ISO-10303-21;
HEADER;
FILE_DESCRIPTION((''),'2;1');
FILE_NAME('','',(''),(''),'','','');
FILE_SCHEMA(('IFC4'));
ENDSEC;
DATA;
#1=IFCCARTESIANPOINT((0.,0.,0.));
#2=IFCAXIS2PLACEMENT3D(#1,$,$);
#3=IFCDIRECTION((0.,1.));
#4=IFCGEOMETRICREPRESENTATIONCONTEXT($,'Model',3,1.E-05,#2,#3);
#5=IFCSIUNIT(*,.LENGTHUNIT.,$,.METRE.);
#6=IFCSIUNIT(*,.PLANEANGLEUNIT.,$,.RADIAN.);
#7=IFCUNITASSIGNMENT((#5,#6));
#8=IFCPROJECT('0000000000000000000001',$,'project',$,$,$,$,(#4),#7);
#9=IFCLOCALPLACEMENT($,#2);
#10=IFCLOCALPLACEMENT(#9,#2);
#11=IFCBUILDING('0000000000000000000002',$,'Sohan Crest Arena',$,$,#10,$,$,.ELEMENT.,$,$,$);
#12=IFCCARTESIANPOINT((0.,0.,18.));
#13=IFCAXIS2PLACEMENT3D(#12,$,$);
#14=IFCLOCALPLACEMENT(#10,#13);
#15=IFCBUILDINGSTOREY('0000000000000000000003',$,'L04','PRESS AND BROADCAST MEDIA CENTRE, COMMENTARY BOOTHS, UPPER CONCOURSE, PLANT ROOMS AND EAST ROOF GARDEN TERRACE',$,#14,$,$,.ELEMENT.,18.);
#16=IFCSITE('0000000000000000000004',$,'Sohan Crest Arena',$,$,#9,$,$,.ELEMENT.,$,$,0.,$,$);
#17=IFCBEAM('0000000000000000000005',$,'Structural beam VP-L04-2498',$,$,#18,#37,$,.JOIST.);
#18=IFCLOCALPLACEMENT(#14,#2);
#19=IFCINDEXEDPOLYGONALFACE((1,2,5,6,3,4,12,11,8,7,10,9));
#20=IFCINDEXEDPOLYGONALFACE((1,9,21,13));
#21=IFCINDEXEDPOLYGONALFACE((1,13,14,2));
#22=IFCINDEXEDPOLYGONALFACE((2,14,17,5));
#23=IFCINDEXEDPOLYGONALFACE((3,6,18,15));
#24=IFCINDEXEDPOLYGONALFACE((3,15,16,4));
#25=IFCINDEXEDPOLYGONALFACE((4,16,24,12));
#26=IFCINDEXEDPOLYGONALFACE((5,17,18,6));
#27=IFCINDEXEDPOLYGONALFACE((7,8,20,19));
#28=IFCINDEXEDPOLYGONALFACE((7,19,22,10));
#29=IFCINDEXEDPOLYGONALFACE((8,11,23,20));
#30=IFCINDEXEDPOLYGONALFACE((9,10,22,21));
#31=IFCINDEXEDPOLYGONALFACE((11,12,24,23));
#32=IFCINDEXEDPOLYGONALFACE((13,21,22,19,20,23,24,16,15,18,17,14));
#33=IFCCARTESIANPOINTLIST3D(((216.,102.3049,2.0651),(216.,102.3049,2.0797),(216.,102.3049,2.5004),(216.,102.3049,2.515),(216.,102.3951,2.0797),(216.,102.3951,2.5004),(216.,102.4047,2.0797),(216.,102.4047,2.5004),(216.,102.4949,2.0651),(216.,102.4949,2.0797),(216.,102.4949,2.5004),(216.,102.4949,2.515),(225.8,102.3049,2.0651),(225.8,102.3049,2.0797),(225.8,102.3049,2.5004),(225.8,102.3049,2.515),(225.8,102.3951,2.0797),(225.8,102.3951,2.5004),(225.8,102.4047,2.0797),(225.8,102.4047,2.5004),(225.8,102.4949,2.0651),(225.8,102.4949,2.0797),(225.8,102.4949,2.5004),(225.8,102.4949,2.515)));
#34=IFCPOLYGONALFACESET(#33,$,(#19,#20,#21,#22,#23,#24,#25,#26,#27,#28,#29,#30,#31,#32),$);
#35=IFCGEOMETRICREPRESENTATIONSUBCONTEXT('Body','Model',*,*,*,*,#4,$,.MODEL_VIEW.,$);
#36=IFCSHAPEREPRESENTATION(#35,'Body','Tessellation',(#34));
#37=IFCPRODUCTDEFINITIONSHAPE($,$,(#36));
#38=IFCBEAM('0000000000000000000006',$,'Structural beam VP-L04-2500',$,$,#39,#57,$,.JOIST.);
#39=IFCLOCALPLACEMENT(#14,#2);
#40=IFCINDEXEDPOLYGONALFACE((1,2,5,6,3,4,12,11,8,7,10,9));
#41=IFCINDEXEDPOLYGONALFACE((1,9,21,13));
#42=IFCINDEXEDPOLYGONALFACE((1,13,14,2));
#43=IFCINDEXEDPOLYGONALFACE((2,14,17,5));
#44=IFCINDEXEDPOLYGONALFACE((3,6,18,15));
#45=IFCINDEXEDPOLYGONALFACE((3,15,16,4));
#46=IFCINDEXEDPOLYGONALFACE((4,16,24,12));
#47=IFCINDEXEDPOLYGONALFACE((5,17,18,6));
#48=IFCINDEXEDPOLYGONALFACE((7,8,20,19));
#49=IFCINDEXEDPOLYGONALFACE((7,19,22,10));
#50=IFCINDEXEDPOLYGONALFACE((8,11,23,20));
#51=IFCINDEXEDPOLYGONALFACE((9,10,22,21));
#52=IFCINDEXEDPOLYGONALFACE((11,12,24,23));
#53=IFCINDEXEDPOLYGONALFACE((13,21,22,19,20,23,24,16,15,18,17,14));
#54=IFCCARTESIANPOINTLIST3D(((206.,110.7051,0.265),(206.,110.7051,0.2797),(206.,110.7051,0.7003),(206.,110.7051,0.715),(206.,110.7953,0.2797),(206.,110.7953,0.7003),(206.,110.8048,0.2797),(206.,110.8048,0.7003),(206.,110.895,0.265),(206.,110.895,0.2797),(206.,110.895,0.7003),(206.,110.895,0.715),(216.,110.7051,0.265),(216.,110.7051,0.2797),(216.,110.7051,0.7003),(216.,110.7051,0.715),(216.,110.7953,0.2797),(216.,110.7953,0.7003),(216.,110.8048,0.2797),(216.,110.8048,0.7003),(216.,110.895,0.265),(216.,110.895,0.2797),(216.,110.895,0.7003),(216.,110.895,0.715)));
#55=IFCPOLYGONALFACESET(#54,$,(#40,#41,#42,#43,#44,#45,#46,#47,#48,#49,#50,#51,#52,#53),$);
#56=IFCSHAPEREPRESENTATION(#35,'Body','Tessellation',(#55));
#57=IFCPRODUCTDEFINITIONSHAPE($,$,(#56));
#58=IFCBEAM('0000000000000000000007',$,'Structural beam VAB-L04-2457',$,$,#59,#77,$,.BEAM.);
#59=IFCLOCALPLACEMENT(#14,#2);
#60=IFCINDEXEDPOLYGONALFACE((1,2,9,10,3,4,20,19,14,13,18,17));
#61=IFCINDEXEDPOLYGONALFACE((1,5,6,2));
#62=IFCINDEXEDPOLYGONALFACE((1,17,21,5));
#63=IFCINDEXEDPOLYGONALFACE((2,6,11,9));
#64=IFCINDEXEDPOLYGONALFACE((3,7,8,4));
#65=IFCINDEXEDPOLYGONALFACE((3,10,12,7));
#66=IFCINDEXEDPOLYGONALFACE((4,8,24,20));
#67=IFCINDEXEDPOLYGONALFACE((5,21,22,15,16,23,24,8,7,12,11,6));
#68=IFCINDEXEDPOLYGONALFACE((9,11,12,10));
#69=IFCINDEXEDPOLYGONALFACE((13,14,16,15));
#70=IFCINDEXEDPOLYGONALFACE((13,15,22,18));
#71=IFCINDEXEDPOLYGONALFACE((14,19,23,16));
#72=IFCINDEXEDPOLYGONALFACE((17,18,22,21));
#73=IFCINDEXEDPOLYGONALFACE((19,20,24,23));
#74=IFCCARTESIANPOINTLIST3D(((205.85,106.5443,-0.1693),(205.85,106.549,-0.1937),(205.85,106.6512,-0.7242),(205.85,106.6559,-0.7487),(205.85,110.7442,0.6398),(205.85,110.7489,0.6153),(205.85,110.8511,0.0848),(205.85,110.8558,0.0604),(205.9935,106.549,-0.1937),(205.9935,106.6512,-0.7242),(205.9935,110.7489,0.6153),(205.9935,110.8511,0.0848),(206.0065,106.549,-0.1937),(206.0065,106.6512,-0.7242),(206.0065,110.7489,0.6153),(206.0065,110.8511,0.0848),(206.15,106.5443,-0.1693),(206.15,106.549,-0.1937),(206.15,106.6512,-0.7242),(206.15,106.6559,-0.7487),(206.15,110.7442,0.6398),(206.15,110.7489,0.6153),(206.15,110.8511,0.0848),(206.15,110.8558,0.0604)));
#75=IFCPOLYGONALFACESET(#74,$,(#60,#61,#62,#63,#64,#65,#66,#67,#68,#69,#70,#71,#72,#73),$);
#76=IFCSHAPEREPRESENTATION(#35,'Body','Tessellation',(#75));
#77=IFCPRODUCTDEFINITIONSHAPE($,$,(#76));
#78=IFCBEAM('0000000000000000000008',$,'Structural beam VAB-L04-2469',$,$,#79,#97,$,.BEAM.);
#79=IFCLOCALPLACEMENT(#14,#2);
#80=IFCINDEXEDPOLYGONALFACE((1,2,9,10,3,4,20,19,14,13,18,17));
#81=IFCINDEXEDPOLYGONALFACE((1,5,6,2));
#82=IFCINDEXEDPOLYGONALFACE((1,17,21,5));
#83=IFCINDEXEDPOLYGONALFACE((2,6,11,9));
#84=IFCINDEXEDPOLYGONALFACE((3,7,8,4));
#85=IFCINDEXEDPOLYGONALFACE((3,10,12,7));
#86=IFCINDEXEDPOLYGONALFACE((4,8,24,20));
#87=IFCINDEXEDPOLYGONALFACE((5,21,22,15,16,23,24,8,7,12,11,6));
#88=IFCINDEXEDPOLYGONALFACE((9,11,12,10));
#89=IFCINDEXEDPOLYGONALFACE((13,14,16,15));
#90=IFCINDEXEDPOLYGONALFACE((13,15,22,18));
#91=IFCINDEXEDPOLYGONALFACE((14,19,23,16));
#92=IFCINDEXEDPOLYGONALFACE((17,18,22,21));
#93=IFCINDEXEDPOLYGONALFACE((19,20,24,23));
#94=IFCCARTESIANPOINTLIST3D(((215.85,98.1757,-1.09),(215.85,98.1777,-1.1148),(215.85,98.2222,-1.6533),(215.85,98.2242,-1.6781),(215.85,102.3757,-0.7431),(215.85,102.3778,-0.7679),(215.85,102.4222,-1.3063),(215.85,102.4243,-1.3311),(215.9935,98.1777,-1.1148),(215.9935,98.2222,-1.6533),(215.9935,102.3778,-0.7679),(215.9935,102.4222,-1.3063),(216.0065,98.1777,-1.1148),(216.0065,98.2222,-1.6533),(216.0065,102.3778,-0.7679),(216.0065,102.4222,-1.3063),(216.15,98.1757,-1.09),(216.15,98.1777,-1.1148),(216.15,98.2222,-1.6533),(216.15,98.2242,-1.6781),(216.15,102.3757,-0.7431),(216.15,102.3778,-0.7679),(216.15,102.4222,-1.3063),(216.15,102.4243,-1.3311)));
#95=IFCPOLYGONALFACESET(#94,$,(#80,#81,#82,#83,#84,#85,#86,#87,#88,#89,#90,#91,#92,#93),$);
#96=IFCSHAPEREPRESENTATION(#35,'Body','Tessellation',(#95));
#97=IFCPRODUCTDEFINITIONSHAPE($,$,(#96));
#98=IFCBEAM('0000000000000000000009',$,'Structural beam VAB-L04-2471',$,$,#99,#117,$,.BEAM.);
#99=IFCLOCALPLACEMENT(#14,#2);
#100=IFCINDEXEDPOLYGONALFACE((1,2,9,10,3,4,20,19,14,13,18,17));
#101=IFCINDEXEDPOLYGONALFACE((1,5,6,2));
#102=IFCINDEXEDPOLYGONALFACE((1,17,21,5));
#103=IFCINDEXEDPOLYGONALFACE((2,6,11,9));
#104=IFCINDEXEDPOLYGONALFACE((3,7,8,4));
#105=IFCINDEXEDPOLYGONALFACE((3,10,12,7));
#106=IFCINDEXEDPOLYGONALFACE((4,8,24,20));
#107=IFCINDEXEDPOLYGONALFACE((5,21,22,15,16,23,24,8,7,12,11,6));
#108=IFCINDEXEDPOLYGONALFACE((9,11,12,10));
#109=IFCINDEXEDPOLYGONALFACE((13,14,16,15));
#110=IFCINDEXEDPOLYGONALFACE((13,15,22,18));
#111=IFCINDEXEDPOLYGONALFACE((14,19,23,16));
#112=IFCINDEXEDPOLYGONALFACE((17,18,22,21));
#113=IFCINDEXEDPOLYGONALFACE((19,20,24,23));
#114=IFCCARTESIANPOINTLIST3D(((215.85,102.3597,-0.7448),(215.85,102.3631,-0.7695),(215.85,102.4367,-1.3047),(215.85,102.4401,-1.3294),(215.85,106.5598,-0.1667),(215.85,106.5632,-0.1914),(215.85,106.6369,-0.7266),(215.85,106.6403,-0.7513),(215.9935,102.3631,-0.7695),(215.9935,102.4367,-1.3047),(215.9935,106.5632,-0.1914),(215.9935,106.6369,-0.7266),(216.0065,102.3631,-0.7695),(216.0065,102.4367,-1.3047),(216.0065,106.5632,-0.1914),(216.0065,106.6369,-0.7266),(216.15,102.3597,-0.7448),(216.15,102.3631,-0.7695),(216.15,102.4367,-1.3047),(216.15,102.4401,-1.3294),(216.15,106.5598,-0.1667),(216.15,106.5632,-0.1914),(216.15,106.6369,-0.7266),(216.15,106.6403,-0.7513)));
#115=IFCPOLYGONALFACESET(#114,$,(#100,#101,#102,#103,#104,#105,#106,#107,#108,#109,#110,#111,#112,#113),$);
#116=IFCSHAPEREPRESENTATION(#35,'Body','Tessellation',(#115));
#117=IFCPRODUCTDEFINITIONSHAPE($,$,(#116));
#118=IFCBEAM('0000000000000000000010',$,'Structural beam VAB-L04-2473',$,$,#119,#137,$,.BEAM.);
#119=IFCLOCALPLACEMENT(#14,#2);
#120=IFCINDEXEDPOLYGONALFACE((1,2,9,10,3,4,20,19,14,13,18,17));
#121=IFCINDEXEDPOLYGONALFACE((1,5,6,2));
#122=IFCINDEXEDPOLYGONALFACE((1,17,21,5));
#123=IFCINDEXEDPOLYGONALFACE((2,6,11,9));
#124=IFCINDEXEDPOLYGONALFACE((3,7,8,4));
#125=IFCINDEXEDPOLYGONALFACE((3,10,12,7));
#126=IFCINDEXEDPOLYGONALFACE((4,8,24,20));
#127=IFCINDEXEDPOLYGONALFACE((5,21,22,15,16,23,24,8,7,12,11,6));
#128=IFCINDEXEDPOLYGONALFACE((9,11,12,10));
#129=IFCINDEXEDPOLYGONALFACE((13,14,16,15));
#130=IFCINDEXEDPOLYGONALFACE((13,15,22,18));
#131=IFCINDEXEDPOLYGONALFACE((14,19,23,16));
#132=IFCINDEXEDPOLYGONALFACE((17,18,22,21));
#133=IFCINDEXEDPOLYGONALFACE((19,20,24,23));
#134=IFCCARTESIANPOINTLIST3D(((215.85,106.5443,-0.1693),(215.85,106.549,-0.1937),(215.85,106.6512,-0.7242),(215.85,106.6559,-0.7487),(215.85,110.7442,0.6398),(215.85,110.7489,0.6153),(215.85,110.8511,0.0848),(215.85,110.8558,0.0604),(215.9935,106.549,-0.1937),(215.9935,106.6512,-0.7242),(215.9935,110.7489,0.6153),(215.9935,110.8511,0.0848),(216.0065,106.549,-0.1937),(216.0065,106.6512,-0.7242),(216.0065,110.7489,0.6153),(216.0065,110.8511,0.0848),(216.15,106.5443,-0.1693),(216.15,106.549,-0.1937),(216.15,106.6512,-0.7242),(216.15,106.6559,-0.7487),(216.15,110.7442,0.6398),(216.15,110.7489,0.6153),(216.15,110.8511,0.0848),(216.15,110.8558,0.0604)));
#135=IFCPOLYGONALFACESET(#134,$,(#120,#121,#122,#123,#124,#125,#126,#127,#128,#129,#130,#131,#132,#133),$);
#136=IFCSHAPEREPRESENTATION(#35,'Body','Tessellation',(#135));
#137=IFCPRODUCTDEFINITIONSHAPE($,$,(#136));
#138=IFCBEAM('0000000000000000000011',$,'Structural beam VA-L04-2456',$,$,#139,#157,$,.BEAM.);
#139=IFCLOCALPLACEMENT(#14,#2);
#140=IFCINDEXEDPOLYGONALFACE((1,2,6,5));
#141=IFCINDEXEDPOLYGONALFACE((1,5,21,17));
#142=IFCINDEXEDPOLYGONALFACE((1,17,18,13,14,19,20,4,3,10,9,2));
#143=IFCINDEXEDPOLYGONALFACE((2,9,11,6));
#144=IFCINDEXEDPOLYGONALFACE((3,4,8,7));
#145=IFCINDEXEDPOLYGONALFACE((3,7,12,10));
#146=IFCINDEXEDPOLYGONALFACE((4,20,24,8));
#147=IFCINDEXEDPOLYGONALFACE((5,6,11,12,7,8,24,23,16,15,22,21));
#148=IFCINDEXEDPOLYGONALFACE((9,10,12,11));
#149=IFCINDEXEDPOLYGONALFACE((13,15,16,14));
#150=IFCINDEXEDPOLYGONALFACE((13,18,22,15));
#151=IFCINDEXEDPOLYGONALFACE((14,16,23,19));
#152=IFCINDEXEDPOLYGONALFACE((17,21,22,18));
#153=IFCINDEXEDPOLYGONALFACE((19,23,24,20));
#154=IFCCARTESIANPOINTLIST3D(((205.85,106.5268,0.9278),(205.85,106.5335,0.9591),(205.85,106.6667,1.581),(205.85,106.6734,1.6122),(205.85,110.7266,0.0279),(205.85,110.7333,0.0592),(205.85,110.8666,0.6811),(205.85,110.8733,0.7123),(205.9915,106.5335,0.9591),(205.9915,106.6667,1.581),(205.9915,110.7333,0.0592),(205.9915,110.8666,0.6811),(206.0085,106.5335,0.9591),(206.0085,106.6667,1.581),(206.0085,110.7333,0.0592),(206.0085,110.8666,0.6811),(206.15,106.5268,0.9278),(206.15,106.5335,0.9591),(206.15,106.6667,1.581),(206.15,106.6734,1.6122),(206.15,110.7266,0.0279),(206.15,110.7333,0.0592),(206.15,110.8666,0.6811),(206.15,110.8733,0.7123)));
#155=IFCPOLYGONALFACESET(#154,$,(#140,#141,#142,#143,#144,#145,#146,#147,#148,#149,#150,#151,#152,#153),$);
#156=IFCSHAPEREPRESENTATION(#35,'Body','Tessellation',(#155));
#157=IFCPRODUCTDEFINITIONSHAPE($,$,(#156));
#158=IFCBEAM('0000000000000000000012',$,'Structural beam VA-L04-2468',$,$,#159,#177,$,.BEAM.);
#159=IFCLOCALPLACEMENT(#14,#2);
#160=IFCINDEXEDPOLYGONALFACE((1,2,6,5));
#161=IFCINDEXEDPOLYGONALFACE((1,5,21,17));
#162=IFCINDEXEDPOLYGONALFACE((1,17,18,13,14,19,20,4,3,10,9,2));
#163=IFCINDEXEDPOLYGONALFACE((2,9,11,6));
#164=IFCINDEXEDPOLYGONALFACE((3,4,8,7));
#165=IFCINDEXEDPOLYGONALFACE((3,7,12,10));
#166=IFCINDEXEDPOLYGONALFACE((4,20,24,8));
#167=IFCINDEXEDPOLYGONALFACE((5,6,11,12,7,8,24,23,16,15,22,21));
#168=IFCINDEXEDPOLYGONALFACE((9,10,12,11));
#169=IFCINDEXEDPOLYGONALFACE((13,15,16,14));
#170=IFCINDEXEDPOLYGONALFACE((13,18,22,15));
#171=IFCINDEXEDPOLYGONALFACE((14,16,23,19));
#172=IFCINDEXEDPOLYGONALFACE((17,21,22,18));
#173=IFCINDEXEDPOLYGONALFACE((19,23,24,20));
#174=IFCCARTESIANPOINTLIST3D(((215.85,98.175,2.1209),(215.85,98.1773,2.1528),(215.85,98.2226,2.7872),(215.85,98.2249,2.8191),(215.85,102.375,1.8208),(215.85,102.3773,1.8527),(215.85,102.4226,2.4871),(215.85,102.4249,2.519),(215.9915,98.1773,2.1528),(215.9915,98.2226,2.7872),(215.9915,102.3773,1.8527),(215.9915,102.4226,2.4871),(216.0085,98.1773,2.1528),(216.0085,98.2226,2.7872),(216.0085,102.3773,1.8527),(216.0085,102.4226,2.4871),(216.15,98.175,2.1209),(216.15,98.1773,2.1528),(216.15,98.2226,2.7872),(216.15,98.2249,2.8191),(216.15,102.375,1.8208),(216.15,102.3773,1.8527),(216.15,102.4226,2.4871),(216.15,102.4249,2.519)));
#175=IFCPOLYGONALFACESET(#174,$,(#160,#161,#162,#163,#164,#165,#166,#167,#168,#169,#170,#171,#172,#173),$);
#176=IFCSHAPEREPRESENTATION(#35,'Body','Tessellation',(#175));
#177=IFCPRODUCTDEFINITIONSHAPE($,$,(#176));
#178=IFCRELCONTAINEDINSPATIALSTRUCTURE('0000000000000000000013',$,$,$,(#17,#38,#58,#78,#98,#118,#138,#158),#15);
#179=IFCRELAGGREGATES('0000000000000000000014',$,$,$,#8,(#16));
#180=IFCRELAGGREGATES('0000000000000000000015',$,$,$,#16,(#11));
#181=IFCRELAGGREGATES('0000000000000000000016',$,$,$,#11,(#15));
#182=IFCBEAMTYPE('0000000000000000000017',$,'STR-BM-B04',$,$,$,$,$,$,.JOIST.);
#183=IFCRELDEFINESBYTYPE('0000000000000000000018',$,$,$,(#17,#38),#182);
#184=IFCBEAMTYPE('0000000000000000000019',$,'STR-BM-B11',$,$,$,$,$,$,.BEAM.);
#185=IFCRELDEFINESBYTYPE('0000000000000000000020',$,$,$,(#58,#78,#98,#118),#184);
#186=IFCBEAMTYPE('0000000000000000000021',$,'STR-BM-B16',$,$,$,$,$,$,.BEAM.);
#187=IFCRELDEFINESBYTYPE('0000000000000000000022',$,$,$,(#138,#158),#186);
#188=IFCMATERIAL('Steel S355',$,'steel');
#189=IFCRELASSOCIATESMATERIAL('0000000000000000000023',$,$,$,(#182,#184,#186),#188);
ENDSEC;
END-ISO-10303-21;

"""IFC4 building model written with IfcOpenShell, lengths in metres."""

from ifc_helpers import new_model, si_unit, direction, frame, origin, origin_2d, place, context, subcontext, project, spatial, i_section, extrude, material, material_profile, profile_set, type_object, element, save


model = new_model("IFC4")

# Units and contexts
model_context = context("Model", 3, precision=1e-05, world=origin(), true_north=direction((0.0, 1.0)))
body_context = subcontext(model_context, "Body", "Model", "MODEL_VIEW")
ifc_project = project(units=[si_unit("LENGTHUNIT", "METRE"), si_unit("PLANEANGLEUNIT", "RADIAN")], contexts=[model_context])

# Site, building, storey
site_placement = place(None, origin())
site = spatial("IfcSite", under=ifc_project, at=site_placement, Name="Sohan Crest Arena", CompositionType="ELEMENT", RefElevation=0.0)
building_placement = place(site_placement, origin())
building = spatial("IfcBuilding", under=site, at=building_placement, Name="Sohan Crest Arena", CompositionType="ELEMENT")
storey_placement = place(building_placement, frame((0.0, 0.0, 18.0)))
storey = spatial("IfcBuildingStorey", under=building, at=storey_placement, Name="L04", Description="PRESS AND BROADCAST MEDIA CENTRE, COMMENTARY BOOTHS, UPPER CONCOURSE, PLANT ROOMS AND EAST ROOF GARDEN TERRACE", CompositionType="ELEMENT", Elevation=18.0)

# Beams
ifc_material = material(Name="Steel S355", Category="steel")
ifc_material_profile_1 = material_profile(ifc_material, i_section(OverallWidth=0.1899, OverallDepth=0.45, WebThickness=0.0095, FlangeThickness=0.0146, at=origin_2d()), Name="IPE 450")
ifc_profile_set_1 = profile_set([ifc_material_profile_1], Name="Steel S355")
beam_type_1 = type_object("IfcBeamType", Name="STR-BM-B04", PredefinedType="JOIST", material=ifc_profile_set_1)
beam_1_placement = place(storey_placement, frame((216.0, 102.3999, 2.29), z_axis=(1.0, 0.0, 0.0), x_axis=(0.0, 1.0, 0.0)))
element("IfcBeam", 1, at=beam_1_placement, inside=storey, type_object=beam_type_1, Name="Structural beam VP-L04-2498", PredefinedType="JOIST", context=body_context, shape_type="SweptSolid", body=[
    extrude(i_section(OverallWidth=0.1899, OverallDepth=0.45, WebThickness=0.0095, FlangeThickness=0.0146, at=origin_2d()), origin(), (0.0, 0.0, 1.0), 9.8),
])
beam_2_placement = place(storey_placement, frame((206.0, 110.8, 0.49), z_axis=(1.0, 0.0, 0.0), x_axis=(0.0, 1.0, 0.0)))
element("IfcBeam", 2, at=beam_2_placement, inside=storey, type_object=beam_type_1, Name="Structural beam VP-L04-2500", PredefinedType="JOIST", context=body_context, shape_type="SweptSolid", body=[
    extrude(i_section(OverallWidth=0.1899, OverallDepth=0.45, WebThickness=0.0095, FlangeThickness=0.0146, at=origin_2d()), origin(), (0.0, 0.0, 1.0), 10.0),
])
ifc_material_profile_2 = material_profile(ifc_material, i_section(OverallWidth=0.3, OverallDepth=0.5901, WebThickness=0.0129, FlangeThickness=0.0249, at=origin_2d()), Name="HEA 600")
ifc_profile_set_2 = profile_set([ifc_material_profile_2], Name="Steel S355")
beam_type_2 = type_object("IfcBeamType", Name="STR-BM-B11", PredefinedType="BEAM", material=ifc_profile_set_2)
beam_3_placement = place(storey_placement, frame((206.0, 106.6001, -0.459), z_axis=(0.0, 0.981946, 0.189163), x_axis=(-1.0, 0.0, 0.0)))
element("IfcBeam", 3, at=beam_3_placement, inside=storey, type_object=beam_type_2, Name="Structural beam VAB-L04-2457", PredefinedType="BEAM", context=body_context, shape_type="SweptSolid", body=[
    extrude(i_section(OverallWidth=0.3, OverallDepth=0.5901, WebThickness=0.0129, FlangeThickness=0.0249, at=origin_2d()), origin(), (0.0, 0.0, 1.0), 4.2771),
])
beam_4_placement = place(storey_placement, frame((216.0, 98.2, -1.384), z_axis=(0.0, 0.996606, 0.082322), x_axis=(-1.0, 0.0, 0.0)))
element("IfcBeam", 4, at=beam_4_placement, inside=storey, type_object=beam_type_2, Name="Structural beam VAB-L04-2469", PredefinedType="BEAM", context=body_context, shape_type="SweptSolid", body=[
    extrude(i_section(OverallWidth=0.3, OverallDepth=0.5901, WebThickness=0.0129, FlangeThickness=0.0249, at=origin_2d()), origin(), (0.0, 0.0, 1.0), 4.2144),
])
beam_5_placement = place(storey_placement, frame((216.0, 102.3999, -1.0371), z_axis=(0.0, 0.99066, 0.136357), x_axis=(-1.0, 0.0, 0.0)))
element("IfcBeam", 5, at=beam_5_placement, inside=storey, type_object=beam_type_2, Name="Structural beam VAB-L04-2471", PredefinedType="BEAM", context=body_context, shape_type="SweptSolid", body=[
    extrude(i_section(OverallWidth=0.3, OverallDepth=0.5901, WebThickness=0.0129, FlangeThickness=0.0249, at=origin_2d()), origin(), (0.0, 0.0, 1.0), 4.2397),
])
beam_6_placement = place(storey_placement, frame((216.0, 106.6001, -0.459), z_axis=(0.0, 0.981946, 0.189163), x_axis=(-1.0, 0.0, 0.0)))
element("IfcBeam", 6, at=beam_6_placement, inside=storey, type_object=beam_type_2, Name="Structural beam VAB-L04-2473", PredefinedType="BEAM", context=body_context, shape_type="SweptSolid", body=[
    extrude(i_section(OverallWidth=0.3, OverallDepth=0.5901, WebThickness=0.0129, FlangeThickness=0.0249, at=origin_2d()), origin(), (0.0, 0.0, 1.0), 4.2771),
])
ifc_material_profile_3 = material_profile(ifc_material, i_section(OverallWidth=0.3, OverallDepth=0.7, WebThickness=0.0171, FlangeThickness=0.032, at=origin_2d()), Name="HEB 700")
ifc_profile_set_3 = profile_set([ifc_material_profile_3], Name="Steel S355")
beam_type_3 = type_object("IfcBeamType", Name="STR-BM-B16", PredefinedType="BEAM", material=ifc_profile_set_3)
beam_7_placement = place(storey_placement, frame((206.0, 106.6001, 1.27), z_axis=(0.0, 0.977807, -0.20951), x_axis=(-1.0, 0.0, 0.0)))
element("IfcBeam", 7, at=beam_7_placement, inside=storey, type_object=beam_type_3, Name="Structural beam VA-L04-2456", PredefinedType="BEAM", context=body_context, shape_type="SweptSolid", body=[
    extrude(i_section(OverallWidth=0.3, OverallDepth=0.7, WebThickness=0.0171, FlangeThickness=0.032, at=origin_2d()), origin(), (0.0, 0.0, 1.0), 4.2952),
])
beam_8_placement = place(storey_placement, frame((216.0, 98.2, 2.47), z_axis=(0.0, 0.997458, -0.071259), x_axis=(-1.0, 0.0, 0.0)))
element("IfcBeam", 8, at=beam_8_placement, inside=storey, type_object=beam_type_3, Name="Structural beam VA-L04-2468", PredefinedType="BEAM", context=body_context, shape_type="SweptSolid", body=[
    extrude(i_section(OverallWidth=0.3, OverallDepth=0.7, WebThickness=0.0171, FlangeThickness=0.032, at=origin_2d()), origin(), (0.0, 0.0, 1.0), 4.2107),
])

save(model, "model.ifc")
